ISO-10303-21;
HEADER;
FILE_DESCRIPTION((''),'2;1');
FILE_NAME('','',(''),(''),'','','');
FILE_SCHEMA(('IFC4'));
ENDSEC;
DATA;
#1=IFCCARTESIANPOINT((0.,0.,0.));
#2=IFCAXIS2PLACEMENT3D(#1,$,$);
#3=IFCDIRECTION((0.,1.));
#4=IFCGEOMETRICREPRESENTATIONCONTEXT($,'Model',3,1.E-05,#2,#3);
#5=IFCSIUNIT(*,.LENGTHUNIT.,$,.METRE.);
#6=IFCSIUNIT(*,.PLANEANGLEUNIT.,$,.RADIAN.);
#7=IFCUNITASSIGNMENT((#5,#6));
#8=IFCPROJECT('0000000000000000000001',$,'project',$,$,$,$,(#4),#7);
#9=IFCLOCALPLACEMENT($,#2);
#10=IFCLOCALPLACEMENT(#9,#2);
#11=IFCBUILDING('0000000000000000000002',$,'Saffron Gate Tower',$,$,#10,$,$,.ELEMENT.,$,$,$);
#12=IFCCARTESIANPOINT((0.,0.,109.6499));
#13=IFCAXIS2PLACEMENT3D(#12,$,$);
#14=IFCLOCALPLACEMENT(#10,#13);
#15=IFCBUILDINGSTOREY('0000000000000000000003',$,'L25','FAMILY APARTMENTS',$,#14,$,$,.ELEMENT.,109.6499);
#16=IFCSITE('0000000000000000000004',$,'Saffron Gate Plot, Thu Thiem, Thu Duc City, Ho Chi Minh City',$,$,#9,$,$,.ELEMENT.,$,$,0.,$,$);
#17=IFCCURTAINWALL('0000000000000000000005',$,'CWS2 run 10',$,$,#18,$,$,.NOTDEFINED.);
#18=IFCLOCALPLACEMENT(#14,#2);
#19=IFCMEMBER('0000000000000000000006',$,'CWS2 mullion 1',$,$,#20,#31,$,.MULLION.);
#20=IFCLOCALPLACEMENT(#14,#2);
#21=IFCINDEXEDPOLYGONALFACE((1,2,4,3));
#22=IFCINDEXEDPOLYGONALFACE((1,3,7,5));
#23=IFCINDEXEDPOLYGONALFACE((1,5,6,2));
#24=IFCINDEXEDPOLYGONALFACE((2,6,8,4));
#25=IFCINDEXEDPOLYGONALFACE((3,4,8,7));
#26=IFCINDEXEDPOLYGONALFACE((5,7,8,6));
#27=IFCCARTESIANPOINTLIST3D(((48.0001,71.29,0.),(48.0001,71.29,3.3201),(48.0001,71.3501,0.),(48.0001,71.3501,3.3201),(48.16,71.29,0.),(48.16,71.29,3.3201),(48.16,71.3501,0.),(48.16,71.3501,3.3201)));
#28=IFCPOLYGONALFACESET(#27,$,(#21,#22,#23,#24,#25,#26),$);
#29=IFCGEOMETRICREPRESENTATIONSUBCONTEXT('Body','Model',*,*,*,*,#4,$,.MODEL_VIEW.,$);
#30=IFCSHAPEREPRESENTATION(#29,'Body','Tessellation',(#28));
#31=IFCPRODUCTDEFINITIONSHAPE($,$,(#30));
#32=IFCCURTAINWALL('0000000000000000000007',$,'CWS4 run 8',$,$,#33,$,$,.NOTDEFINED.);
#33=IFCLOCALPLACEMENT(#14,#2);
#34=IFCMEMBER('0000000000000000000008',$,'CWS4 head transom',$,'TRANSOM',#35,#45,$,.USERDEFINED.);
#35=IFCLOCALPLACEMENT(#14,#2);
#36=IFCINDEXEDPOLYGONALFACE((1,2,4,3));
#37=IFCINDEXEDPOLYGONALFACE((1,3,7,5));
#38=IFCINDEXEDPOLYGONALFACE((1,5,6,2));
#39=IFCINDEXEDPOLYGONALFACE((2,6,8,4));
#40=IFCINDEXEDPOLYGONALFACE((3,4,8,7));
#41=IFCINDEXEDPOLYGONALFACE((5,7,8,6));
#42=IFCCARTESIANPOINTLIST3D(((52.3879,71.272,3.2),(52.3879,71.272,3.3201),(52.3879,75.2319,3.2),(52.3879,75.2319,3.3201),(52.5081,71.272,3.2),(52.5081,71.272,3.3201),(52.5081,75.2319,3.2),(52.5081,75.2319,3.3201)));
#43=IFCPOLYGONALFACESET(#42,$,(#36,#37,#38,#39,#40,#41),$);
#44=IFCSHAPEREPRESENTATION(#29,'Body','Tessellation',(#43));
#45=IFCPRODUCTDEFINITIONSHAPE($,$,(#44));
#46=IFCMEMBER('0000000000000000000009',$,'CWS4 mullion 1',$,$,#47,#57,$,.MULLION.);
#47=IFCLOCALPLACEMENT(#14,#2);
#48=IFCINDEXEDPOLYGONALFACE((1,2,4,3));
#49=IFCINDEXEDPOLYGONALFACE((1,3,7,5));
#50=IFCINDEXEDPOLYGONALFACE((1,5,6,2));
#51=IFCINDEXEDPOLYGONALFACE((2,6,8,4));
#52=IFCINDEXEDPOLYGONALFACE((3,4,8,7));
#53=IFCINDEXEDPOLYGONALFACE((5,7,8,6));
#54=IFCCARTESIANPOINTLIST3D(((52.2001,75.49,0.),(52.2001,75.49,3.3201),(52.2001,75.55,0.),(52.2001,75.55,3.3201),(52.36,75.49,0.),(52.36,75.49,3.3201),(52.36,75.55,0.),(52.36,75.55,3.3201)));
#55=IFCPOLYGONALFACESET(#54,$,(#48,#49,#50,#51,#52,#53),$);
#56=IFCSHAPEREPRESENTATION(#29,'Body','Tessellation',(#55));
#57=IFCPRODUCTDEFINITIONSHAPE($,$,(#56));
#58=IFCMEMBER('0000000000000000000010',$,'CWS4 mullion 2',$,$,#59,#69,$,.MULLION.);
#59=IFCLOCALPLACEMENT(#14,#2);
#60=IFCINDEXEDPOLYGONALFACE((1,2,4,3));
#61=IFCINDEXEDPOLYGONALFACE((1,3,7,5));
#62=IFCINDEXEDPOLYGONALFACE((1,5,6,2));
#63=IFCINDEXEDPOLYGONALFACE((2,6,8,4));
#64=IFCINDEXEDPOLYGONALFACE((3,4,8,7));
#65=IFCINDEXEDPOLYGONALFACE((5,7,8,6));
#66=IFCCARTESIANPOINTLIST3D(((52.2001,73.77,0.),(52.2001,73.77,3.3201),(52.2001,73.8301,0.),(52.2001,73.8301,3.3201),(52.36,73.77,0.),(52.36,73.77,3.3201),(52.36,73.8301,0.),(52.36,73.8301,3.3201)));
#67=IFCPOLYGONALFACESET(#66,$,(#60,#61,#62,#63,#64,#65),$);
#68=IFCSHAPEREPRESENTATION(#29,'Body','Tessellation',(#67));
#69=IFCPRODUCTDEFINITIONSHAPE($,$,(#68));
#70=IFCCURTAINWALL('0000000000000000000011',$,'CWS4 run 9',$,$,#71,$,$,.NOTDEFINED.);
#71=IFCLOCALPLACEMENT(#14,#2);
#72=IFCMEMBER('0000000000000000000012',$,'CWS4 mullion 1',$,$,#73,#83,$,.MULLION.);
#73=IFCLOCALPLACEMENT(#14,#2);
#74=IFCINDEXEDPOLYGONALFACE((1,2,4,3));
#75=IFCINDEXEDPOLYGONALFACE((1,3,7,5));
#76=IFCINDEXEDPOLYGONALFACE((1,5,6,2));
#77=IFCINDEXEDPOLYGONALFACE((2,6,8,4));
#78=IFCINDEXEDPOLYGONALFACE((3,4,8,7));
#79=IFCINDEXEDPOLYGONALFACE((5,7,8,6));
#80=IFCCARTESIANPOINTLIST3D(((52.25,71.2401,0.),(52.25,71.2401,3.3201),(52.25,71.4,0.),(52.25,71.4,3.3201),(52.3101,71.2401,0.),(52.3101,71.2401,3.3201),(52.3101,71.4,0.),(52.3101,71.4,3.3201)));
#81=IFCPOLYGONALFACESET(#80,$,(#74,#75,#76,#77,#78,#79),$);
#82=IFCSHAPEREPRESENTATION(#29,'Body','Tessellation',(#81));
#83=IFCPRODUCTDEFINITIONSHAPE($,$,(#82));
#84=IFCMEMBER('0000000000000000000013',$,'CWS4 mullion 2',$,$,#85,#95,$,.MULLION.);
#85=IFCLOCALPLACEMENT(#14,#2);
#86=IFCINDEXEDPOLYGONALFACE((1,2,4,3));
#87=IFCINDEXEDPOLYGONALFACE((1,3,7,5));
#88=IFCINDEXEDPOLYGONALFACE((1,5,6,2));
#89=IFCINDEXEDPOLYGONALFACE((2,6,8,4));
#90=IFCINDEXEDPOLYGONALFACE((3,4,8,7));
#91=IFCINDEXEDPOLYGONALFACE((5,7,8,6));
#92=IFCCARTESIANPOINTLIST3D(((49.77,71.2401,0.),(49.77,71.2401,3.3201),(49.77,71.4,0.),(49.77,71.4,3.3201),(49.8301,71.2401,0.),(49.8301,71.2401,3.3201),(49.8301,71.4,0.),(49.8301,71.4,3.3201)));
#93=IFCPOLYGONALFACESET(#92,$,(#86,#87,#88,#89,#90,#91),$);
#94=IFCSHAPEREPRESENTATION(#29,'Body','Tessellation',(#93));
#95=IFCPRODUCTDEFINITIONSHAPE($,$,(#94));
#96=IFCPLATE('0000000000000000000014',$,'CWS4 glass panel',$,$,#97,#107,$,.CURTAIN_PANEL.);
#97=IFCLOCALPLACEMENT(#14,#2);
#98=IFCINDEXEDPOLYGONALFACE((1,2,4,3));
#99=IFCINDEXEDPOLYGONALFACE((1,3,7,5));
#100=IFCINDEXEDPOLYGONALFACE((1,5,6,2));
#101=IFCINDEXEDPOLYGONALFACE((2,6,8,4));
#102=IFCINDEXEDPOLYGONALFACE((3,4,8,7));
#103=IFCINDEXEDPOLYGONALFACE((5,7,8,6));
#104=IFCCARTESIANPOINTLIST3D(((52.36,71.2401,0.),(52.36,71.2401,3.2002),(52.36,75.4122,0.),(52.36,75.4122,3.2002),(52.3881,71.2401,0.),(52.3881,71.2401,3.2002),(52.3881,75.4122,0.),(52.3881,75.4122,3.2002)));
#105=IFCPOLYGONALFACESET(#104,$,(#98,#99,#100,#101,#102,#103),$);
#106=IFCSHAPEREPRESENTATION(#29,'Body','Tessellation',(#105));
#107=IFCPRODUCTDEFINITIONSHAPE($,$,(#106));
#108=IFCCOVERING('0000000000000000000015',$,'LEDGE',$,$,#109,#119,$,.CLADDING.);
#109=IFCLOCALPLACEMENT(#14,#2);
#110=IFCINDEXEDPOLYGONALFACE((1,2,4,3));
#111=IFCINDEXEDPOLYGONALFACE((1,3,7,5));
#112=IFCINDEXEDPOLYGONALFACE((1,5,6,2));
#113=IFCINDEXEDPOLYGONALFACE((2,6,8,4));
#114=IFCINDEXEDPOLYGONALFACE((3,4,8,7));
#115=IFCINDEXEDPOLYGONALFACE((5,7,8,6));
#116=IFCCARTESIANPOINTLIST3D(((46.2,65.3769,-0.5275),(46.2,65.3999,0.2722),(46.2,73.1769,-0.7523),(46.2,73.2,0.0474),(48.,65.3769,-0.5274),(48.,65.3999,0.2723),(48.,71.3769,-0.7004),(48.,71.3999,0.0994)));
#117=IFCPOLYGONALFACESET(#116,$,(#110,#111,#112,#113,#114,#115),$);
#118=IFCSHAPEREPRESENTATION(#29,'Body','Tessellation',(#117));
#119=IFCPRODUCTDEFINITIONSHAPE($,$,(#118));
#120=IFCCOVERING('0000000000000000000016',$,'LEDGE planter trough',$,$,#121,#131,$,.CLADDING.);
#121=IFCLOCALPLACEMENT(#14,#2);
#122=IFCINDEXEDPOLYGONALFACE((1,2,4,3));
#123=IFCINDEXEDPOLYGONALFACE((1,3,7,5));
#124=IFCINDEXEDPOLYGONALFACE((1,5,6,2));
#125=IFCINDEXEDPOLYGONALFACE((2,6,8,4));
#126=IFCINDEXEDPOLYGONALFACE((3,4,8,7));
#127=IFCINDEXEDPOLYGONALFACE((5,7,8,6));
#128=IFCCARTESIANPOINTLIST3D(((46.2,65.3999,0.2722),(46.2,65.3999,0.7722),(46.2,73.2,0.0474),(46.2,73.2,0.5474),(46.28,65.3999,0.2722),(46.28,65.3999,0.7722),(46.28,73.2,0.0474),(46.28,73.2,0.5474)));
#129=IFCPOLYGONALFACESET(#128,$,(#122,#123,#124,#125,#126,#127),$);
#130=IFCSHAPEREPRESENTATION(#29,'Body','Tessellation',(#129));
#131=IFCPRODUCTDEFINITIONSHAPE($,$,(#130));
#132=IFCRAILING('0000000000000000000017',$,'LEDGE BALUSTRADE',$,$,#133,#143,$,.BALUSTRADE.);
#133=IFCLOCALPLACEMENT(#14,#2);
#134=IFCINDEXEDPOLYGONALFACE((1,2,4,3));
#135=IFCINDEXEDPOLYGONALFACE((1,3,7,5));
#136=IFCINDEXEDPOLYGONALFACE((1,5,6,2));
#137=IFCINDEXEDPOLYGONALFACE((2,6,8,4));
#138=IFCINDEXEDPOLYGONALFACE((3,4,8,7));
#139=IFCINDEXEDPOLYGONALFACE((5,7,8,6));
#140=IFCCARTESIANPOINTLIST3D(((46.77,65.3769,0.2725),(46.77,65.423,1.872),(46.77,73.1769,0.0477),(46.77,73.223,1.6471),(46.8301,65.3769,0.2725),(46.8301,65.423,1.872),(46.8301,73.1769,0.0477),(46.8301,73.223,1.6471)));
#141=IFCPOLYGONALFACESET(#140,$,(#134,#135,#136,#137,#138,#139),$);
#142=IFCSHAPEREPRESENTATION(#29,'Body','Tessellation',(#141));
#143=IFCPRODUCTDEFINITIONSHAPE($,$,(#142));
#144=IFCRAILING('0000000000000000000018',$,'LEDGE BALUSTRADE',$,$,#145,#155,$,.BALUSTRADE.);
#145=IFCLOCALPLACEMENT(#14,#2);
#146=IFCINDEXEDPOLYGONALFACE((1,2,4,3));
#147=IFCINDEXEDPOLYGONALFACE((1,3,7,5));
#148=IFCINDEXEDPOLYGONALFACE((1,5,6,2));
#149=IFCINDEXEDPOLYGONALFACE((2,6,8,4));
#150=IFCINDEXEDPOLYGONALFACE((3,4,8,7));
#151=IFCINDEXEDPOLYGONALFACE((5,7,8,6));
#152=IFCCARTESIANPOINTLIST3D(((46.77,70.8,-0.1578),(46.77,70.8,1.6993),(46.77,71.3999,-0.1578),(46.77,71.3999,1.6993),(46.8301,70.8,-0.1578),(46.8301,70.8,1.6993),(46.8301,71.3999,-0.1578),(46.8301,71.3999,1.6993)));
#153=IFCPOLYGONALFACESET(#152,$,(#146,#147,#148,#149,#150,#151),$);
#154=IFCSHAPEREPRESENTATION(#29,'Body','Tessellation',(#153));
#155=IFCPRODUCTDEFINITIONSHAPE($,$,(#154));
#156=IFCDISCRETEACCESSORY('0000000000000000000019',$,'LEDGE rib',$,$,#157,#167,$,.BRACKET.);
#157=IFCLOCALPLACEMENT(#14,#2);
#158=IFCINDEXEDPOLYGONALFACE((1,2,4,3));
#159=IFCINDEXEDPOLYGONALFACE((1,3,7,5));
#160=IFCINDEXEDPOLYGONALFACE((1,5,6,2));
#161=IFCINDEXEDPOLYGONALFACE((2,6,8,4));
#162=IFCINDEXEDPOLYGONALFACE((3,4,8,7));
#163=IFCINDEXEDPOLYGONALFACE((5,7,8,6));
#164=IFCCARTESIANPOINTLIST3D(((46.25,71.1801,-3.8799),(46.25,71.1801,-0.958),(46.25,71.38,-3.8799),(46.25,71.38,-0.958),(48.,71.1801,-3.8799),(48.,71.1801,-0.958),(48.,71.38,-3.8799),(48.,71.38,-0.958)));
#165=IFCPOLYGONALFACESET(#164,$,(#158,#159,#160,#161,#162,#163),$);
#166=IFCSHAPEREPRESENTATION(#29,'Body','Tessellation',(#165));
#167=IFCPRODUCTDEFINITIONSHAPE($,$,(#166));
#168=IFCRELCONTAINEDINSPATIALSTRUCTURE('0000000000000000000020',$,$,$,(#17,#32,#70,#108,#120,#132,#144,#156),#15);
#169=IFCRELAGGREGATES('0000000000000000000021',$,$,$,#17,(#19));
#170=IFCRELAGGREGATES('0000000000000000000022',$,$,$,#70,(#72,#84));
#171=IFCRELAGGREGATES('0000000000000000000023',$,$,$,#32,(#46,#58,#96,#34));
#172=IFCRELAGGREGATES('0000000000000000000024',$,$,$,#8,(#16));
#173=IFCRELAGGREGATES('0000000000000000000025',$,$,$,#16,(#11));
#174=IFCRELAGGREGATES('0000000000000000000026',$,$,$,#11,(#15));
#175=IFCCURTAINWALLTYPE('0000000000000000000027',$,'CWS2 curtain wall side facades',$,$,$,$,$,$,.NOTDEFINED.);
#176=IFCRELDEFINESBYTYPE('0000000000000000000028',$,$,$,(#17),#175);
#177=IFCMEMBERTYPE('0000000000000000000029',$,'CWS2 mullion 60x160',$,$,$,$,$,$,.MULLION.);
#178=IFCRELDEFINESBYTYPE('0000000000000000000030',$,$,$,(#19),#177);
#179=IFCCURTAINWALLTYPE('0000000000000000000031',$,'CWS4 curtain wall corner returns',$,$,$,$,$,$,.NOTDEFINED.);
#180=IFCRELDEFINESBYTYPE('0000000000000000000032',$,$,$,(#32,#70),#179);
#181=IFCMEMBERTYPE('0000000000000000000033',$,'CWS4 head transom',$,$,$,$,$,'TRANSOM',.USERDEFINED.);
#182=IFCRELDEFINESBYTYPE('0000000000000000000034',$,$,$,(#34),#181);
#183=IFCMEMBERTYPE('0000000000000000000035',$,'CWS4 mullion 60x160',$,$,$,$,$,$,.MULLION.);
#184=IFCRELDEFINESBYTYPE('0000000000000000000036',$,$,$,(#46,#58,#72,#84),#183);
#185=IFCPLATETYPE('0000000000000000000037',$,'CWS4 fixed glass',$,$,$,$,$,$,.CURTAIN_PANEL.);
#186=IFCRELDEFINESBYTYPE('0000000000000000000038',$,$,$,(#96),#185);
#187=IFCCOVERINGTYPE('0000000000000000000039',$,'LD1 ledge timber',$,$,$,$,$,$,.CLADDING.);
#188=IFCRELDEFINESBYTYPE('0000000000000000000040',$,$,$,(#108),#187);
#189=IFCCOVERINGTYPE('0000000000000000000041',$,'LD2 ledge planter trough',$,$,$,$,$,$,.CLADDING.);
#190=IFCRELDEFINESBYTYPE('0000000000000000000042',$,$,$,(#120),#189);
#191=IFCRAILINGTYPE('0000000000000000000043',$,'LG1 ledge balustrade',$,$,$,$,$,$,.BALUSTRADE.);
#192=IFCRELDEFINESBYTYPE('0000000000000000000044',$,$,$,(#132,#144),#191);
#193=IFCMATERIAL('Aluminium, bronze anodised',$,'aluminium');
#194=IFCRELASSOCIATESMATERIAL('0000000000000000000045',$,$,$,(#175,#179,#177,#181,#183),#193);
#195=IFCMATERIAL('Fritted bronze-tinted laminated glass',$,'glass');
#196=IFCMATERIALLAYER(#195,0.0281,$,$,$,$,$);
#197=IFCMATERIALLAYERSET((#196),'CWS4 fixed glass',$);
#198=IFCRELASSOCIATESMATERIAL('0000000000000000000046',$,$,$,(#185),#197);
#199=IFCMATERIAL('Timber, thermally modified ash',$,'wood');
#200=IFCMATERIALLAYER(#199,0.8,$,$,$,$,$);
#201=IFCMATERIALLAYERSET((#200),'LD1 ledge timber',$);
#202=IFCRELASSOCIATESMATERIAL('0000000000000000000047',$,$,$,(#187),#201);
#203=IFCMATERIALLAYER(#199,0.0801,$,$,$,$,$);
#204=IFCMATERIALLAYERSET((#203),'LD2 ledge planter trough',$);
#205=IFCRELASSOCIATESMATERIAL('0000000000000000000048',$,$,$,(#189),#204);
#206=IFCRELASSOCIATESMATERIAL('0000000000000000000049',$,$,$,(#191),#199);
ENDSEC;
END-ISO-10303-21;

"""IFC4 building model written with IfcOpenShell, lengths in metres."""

from ifc_helpers import new_model, si_unit, direction, frame, frame_2d, origin, origin_2d, place, context, subcontext, project, spatial, polyline, rectangle, outline, extrude, material, layer, layer_set, material_profile, profile_set, type_object, element, aggregate, save


model = new_model("IFC4")

# Units and contexts
model_context = context("Model", 3, precision=1e-05, world=origin(), true_north=direction((0.0, 1.0)))
body_context = subcontext(model_context, "Body", "Model", "MODEL_VIEW")
ifc_project = project(units=[si_unit("LENGTHUNIT", "METRE"), si_unit("PLANEANGLEUNIT", "RADIAN")], contexts=[model_context])

# Site, building, storey
site_placement = place(None, origin())
site = spatial("IfcSite", under=ifc_project, at=site_placement, Name="Saffron Gate Plot, Thu Thiem, Thu Duc City, Ho Chi Minh City", CompositionType="ELEMENT", RefElevation=0.0)
building_placement = place(site_placement, origin())
building = spatial("IfcBuilding", under=site, at=building_placement, Name="Saffron Gate Tower", CompositionType="ELEMENT")
storey_placement = place(building_placement, frame((0.0, 0.0, 109.6499)))
storey = spatial("IfcBuildingStorey", under=building, at=storey_placement, Name="L25", Description="FAMILY APARTMENTS", CompositionType="ELEMENT", Elevation=109.6499)

# Curtain wall, member
ifc_material_1 = material(Name="Aluminium, bronze anodised", Category="aluminium")
curtain_wall_type_1 = type_object("IfcCurtainWallType", Name="CWS2 curtain wall side facades", PredefinedType="NOTDEFINED", material=ifc_material_1)
curtain_wall_1_placement = place(storey_placement, origin())
curtain_wall_1 = element("IfcCurtainWall", 1, at=curtain_wall_1_placement, inside=storey, type_object=curtain_wall_type_1, Name="CWS2 run 10", PredefinedType="NOTDEFINED")
ifc_material_profile_1 = material_profile(ifc_material_1, rectangle(XDim=0.1599, YDim=0.0601, at=origin_2d()))
ifc_profile_set_1 = profile_set([ifc_material_profile_1], Name="Aluminium, bronze anodised")
member_type_1 = type_object("IfcMemberType", Name="CWS2 mullion 60x160", PredefinedType="MULLION", material=ifc_profile_set_1)
member_1_placement = place(storey_placement, frame((48.0801, 71.3201, 0.0), z_axis=(0.0, 0.0, 1.0), x_axis=(1.0, 0.0, 0.0)))
member_1 = element("IfcMember", 2, at=member_1_placement, type_object=member_type_1, Name="CWS2 mullion 1", PredefinedType="MULLION", context=body_context, shape_type="SweptSolid", body=[
    extrude(rectangle(XDim=0.1599, YDim=0.0601, at=origin_2d()), origin(), (0.0, 0.0, 1.0), 3.3201),
])
aggregate(curtain_wall_1, [member_1])

# Curtain walls, members
curtain_wall_type_2 = type_object("IfcCurtainWallType", Name="CWS4 curtain wall corner returns", PredefinedType="NOTDEFINED", material=ifc_material_1)
curtain_wall_2_placement = place(storey_placement, origin())
curtain_wall_2 = element("IfcCurtainWall", 3, at=curtain_wall_2_placement, inside=storey, type_object=curtain_wall_type_2, Name="CWS4 run 8", PredefinedType="NOTDEFINED")
ifc_material_profile_2 = material_profile(ifc_material_1, rectangle(XDim=0.1201, YDim=0.1201, at=origin_2d()))
ifc_profile_set_2 = profile_set([ifc_material_profile_2], Name="Aluminium, bronze anodised")
member_type_2 = type_object("IfcMemberType", Name="CWS4 head transom", ElementType="TRANSOM", PredefinedType="USERDEFINED", material=ifc_profile_set_2)
member_2_placement = place(storey_placement, frame((52.448, 75.2319, 3.26), z_axis=(0.0, -1.0, 0.0), x_axis=(1.0, 0.0, 0.0)))
member_2 = element("IfcMember", 4, at=member_2_placement, type_object=member_type_2, Name="CWS4 head transom", ObjectType="TRANSOM", PredefinedType="USERDEFINED", context=body_context, shape_type="SweptSolid", body=[
    extrude(rectangle(XDim=0.1201, YDim=0.1201, at=origin_2d()), origin(), (0.0, 0.0, 1.0), 3.96),
])
ifc_material_profile_3 = material_profile(ifc_material_1, rectangle(XDim=0.1599, YDim=0.0601, at=origin_2d()))
ifc_profile_set_3 = profile_set([ifc_material_profile_3], Name="Aluminium, bronze anodised")
member_type_3 = type_object("IfcMemberType", Name="CWS4 mullion 60x160", PredefinedType="MULLION", material=ifc_profile_set_3)
member_3_placement = place(storey_placement, frame((52.28, 75.52, 0.0), z_axis=(0.0, 0.0, 1.0), x_axis=(1.0, 0.0, 0.0)))
member_3 = element("IfcMember", 5, at=member_3_placement, type_object=member_type_3, Name="CWS4 mullion 1", PredefinedType="MULLION", context=body_context, shape_type="SweptSolid", body=[
    extrude(rectangle(XDim=0.1599, YDim=0.0601, at=origin_2d()), origin(), (0.0, 0.0, 1.0), 3.3201),
])
member_4_placement = place(storey_placement, frame((52.28, 73.8, 0.0), z_axis=(0.0, 0.0, 1.0), x_axis=(1.0, 0.0, 0.0)))
member_4 = element("IfcMember", 6, at=member_4_placement, type_object=member_type_3, Name="CWS4 mullion 2", PredefinedType="MULLION", context=body_context, shape_type="SweptSolid", body=[
    extrude(rectangle(XDim=0.1599, YDim=0.0601, at=origin_2d()), origin(), (0.0, 0.0, 1.0), 3.3201),
])
curtain_wall_3_placement = place(storey_placement, origin())
curtain_wall_3 = element("IfcCurtainWall", 7, at=curtain_wall_3_placement, inside=storey, type_object=curtain_wall_type_2, Name="CWS4 run 9", PredefinedType="NOTDEFINED")
member_5_placement = place(storey_placement, frame((52.28, 71.3201, 0.0), z_axis=(0.0, 0.0, 1.0), x_axis=(0.0, -1.0, 0.0)))
member_5 = element("IfcMember", 8, at=member_5_placement, type_object=member_type_3, Name="CWS4 mullion 1", PredefinedType="MULLION", context=body_context, shape_type="SweptSolid", body=[
    extrude(rectangle(XDim=0.1599, YDim=0.0601, at=origin_2d()), origin(), (0.0, 0.0, 1.0), 3.3201),
])
member_6_placement = place(storey_placement, frame((49.8, 71.3201, 0.0), z_axis=(0.0, 0.0, 1.0), x_axis=(0.0, -1.0, 0.0)))
member_6 = element("IfcMember", 9, at=member_6_placement, type_object=member_type_3, Name="CWS4 mullion 2", PredefinedType="MULLION", context=body_context, shape_type="SweptSolid", body=[
    extrude(rectangle(XDim=0.1599, YDim=0.0601, at=origin_2d()), origin(), (0.0, 0.0, 1.0), 3.3201),
])
aggregate(curtain_wall_3, [member_5, member_6])

# Plate
ifc_material_2 = material(Name="Fritted bronze-tinted laminated glass", Category="glass")
ifc_layer_1 = layer(ifc_material_2, 0.0281)
ifc_layer_set_1 = layer_set([ifc_layer_1], Name="CWS4 fixed glass")
plate_type = type_object("IfcPlateType", Name="CWS4 fixed glass", PredefinedType="CURTAIN_PANEL", material=ifc_layer_set_1)
plate_placement = place(storey_placement, frame((52.374, 75.4121, 0.0), z_axis=(0.0, 0.0, 1.0), x_axis=(0.0, -1.0, 0.0)))
plate = element("IfcPlate", 10, at=plate_placement, type_object=plate_type, Name="CWS4 glass panel", PredefinedType="CURTAIN_PANEL", context=body_context, shape_type="SweptSolid", body=[
    extrude(rectangle(XDim=4.1721, YDim=0.0281, at=frame_2d((2.0859, 0.0))), origin(), (0.0, 0.0, 1.0), 3.2002),
])
aggregate(curtain_wall_2, [member_3, member_4, plate, member_2])

# Coverings
ifc_material_3 = material(Name="Timber, thermally modified ash", Category="wood")
ifc_layer_2 = layer(ifc_material_3, 0.8)
ifc_layer_set_2 = layer_set([ifc_layer_2], Name="LD1 ledge timber")
covering_type_1 = type_object("IfcCoveringType", Name="LD1 ledge timber", PredefinedType="CLADDING", material=ifc_layer_set_2)
covering_1_placement = place(storey_placement, frame((48.0, 71.3999, 0.0994), z_axis=(-0.000035, 0.028807, 0.999585), x_axis=(0.0, -0.999585, 0.028807)))
element("IfcCovering", 11, at=covering_1_placement, inside=storey, type_object=covering_type_1, Name="LEDGE", PredefinedType="CLADDING", context=body_context, shape_type="SweptSolid", body=[
    extrude(outline(polyline([(0.0, 0.0), (6.0025, 0.0), (6.0025, -1.8), (-1.8008, -1.8), (0.0, 0.0)])), origin(), (0.0, 0.0, -1.0), 0.8),
])
ifc_layer_3 = layer(ifc_material_3, 0.0801)
ifc_layer_set_3 = layer_set([ifc_layer_3], Name="LD2 ledge planter trough")
covering_type_2 = type_object("IfcCoveringType", Name="LD2 ledge planter trough", PredefinedType="CLADDING", material=ifc_layer_set_3)
covering_2_placement = place(storey_placement, frame((46.2, 73.2, 0.0474), z_axis=(-1.0, 0.0, 0.0), x_axis=(0.0, -0.999585, 0.028815)))
element("IfcCovering", 12, at=covering_2_placement, inside=storey, type_object=covering_type_2, Name="LEDGE planter trough", PredefinedType="CLADDING", context=body_context, shape_type="SweptSolid", body=[
    extrude(outline(polyline([(0.0, 0.0), (7.8033, 0.0), (7.8177, 0.4998), (0.0144, 0.4998), (0.0, 0.0)])), origin(), (0.0, 0.0, -1.0), 0.0801),
])

# Railings
railing_type = type_object("IfcRailingType", Name="LG1 ledge balustrade", PredefinedType="BALUSTRADE", material=ifc_material_3)
railing_1_placement = place(storey_placement, frame((46.8, 73.2, 0.0474)))
element("IfcRailing", 13, at=railing_1_placement, inside=storey, type_object=railing_type, Name="LEDGE BALUSTRADE", PredefinedType="BALUSTRADE", context=body_context, shape_type="SweptSolid", body=[
    extrude(rectangle(XDim=0.0601, YDim=1.6001, at=origin_2d()), frame((0.0, 0.0, 0.8), z_axis=(0.0, -0.999585, 0.028815), x_axis=(1.0, 0.0, 0.0)), (0.0, 0.0, 1.0), 7.8032),
])
railing_2_placement = place(storey_placement, frame((46.8, 71.3999, -0.158)))
element("IfcRailing", 14, at=railing_2_placement, inside=storey, type_object=railing_type, Name="LEDGE BALUSTRADE", PredefinedType="BALUSTRADE", context=body_context, shape_type="SweptSolid", body=[
    extrude(rectangle(XDim=0.0601, YDim=1.8572, at=origin_2d()), frame((0.0, 0.0, 0.9287), z_axis=(0.0, -1.0, 0.0), x_axis=(1.0, 0.0, 0.0)), (0.0, 0.0, 1.0), 0.5999),
])

# Discrete accessory
discrete_accessory_placement = place(storey_placement, frame((47.125, 71.28, -3.8799), z_axis=(0.0, 0.0, 1.0), x_axis=(0.0, -1.0, 0.0)))
element("IfcDiscreteAccessory", 15, at=discrete_accessory_placement, inside=storey, Name="LEDGE rib", PredefinedType="BRACKET", context=body_context, shape_type="SweptSolid", body=[
    extrude(rectangle(XDim=0.2, YDim=1.75, at=origin_2d()), origin(), (0.0, 0.0, 1.0), 2.9219),
])

save(model, "model.ifc")
